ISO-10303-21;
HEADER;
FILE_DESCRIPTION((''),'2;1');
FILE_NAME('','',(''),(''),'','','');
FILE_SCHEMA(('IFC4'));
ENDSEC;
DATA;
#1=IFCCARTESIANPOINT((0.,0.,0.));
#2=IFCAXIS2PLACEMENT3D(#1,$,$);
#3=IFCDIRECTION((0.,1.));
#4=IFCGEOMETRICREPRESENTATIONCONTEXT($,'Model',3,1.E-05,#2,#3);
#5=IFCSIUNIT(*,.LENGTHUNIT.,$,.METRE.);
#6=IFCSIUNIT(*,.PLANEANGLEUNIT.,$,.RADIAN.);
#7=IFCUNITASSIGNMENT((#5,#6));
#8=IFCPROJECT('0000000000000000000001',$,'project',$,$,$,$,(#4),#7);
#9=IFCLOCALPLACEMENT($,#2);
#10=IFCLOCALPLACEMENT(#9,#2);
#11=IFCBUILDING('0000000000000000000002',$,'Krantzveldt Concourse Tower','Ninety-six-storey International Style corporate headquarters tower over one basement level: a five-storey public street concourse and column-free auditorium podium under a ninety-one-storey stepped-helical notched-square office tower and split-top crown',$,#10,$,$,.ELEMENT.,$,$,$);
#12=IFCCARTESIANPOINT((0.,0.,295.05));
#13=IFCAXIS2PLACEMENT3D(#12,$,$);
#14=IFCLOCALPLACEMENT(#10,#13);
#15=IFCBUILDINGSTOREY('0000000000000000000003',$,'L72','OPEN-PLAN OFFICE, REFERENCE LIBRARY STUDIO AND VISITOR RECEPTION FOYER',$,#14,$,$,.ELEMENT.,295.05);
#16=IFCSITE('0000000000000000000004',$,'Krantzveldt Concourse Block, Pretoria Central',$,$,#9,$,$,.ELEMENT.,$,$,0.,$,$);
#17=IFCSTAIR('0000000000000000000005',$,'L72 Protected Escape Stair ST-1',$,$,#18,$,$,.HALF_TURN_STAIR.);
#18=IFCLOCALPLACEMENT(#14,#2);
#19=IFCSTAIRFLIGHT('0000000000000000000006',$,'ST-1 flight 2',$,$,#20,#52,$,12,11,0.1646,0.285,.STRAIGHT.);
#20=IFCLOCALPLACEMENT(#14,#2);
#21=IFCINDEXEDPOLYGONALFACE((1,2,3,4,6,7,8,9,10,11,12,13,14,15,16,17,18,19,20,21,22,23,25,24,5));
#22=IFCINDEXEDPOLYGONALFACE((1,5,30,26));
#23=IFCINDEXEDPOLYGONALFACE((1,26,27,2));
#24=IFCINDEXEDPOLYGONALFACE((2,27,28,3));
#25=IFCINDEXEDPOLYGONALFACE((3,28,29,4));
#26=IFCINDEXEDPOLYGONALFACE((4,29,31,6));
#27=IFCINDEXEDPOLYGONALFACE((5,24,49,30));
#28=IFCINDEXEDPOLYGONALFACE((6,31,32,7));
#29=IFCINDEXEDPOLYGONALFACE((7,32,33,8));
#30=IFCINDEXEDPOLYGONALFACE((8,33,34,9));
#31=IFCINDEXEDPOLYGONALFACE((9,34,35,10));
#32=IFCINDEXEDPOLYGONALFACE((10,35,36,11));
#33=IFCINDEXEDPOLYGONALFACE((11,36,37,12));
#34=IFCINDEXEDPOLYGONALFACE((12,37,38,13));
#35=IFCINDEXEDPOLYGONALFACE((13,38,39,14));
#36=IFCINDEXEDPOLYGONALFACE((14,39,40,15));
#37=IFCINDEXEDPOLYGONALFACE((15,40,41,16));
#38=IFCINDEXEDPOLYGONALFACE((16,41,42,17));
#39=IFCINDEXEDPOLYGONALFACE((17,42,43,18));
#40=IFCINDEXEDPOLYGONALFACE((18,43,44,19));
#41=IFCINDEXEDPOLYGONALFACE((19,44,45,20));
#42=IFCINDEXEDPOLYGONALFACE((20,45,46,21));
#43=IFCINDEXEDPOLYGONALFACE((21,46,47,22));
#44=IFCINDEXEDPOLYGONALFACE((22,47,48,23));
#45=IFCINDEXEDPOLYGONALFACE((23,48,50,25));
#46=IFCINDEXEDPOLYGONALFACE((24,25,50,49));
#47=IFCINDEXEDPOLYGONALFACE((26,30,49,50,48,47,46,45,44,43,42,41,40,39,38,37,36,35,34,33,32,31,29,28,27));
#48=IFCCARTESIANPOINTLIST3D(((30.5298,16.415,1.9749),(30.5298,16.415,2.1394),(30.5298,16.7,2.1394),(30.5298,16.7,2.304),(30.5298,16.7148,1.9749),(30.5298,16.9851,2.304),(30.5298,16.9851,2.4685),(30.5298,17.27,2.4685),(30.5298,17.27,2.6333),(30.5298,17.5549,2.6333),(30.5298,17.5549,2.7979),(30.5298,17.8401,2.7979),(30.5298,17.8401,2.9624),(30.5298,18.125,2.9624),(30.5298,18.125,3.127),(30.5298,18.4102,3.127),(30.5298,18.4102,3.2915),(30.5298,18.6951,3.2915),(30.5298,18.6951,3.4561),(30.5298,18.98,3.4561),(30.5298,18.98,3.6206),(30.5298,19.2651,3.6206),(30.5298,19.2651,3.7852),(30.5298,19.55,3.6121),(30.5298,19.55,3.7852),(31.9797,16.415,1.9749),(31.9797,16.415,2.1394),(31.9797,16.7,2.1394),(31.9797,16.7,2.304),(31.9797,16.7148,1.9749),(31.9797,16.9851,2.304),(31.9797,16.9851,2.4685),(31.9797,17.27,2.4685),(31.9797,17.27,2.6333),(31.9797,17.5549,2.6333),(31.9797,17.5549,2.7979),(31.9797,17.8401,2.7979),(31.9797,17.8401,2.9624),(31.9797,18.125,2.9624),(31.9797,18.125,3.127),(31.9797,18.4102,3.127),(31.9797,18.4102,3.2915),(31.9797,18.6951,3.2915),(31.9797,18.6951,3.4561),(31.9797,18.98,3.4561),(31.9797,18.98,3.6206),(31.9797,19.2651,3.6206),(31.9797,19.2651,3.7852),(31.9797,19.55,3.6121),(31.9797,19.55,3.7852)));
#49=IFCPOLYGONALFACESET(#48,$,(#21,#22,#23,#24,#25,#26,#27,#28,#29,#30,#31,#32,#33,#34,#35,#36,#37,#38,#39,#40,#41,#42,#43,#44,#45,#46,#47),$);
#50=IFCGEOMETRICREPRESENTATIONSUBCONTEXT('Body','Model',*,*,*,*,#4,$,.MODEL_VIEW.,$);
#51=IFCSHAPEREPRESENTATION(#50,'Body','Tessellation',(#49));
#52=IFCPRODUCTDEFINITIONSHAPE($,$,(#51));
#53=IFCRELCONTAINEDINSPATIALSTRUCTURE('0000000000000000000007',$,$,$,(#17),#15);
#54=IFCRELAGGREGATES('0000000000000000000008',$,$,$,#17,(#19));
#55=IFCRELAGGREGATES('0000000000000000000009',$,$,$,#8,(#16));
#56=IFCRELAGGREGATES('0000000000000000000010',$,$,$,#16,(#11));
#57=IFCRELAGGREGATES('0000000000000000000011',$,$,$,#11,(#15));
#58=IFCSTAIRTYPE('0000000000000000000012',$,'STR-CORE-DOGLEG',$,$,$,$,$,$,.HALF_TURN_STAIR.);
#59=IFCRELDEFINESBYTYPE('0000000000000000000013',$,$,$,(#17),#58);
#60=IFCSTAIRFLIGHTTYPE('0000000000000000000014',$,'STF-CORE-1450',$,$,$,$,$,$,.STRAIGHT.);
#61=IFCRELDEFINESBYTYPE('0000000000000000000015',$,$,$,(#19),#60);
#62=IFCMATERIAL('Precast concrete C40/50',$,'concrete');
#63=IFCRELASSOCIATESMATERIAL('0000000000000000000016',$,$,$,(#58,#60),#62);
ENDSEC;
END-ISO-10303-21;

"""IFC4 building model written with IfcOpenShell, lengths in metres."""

from ifc_helpers import new_model, si_unit, direction, frame, origin, place, context, subcontext, project, spatial, polyline, outline, extrude, material, type_object, element, aggregate, save


model = new_model("IFC4")

# Units and contexts
model_context = context("Model", 3, precision=1e-05, world=origin(), true_north=direction((0.0, 1.0)))
body_context = subcontext(model_context, "Body", "Model", "MODEL_VIEW")
ifc_project = project(units=[si_unit("LENGTHUNIT", "METRE"), si_unit("PLANEANGLEUNIT", "RADIAN")], contexts=[model_context])

# Site, building, storey
site_placement = place(None, origin())
site = spatial("IfcSite", under=ifc_project, at=site_placement, Name="Krantzveldt Concourse Block, Pretoria Central", CompositionType="ELEMENT", RefElevation=0.0)
building_placement = place(site_placement, origin())
building = spatial("IfcBuilding", under=site, at=building_placement, Name="Krantzveldt Concourse Tower", Description="Ninety-six-storey International Style corporate headquarters tower over one basement level: a five-storey public street concourse and column-free auditorium podium under a ninety-one-storey stepped-helical notched-square office tower and split-top crown", CompositionType="ELEMENT")
storey_placement = place(building_placement, frame((0.0, 0.0, 295.05)))
storey = spatial("IfcBuildingStorey", under=building, at=storey_placement, Name="L72", Description="OPEN-PLAN OFFICE, REFERENCE LIBRARY STUDIO AND VISITOR RECEPTION FOYER", CompositionType="ELEMENT", Elevation=295.05)

# Stair, stair flight
ifc_material_1 = material(Name="Precast concrete C40/50", Category="concrete")
stair_type = type_object("IfcStairType", Name="STR-CORE-DOGLEG", PredefinedType="HALF_TURN_STAIR", material=ifc_material_1)
stair_placement = place(storey_placement, origin())
stair = element("IfcStair", 1, at=stair_placement, inside=storey, type_object=stair_type, Name="L72 Protected Escape Stair ST-1", PredefinedType="HALF_TURN_STAIR")
stair_flight_type = type_object("IfcStairFlightType", Name="STF-CORE-1450", PredefinedType="STRAIGHT", material=ifc_material_1)
stair_flight_1_placement = place(storey_placement, frame((31.2549, 16.415, 1.9749), z_axis=(0.0, 0.0, 1.0), x_axis=(0.0, 1.0, 0.0)))
stair_flight_1 = element("IfcStairFlight", 2, at=stair_flight_1_placement, type_object=stair_flight_type, Name="ST-1 flight 2", NumberOfRisers=12, NumberOfTreads=11, PredefinedType="STRAIGHT", RiserHeight=0.1646, TreadLength=0.285, context=body_context, shape_type="SweptSolid", body=[
    extrude(outline(polyline([(0.0, 0.0), (0.0, 0.1646), (0.2849, 0.1646), (0.2849, 0.3291), (0.5701, 0.3291), (0.5701, 0.4937), (0.855, 0.4937), (0.855, 0.6584), (1.1399, 0.6584), (1.1399, 0.823), (1.425, 0.823), (1.425, 0.9875), (1.71, 0.9875), (1.71, 1.1521), (1.9951, 1.1521), (1.9951, 1.3167), (2.28, 1.3167), (2.28, 1.4812), (2.5649, 1.4812), (2.5649, 1.6458), (2.8501, 1.6458), (2.8501, 1.8103), (3.135, 1.8103), (3.135, 1.9751), (3.135, 1.6372), (0.2998, 0.0), (0.0, 0.0)])), frame((0.0, 0.7251, 0.0), z_axis=(0.0, -1.0, 0.0), x_axis=(1.0, 0.0, 0.0)), (0.0, 0.0, 1.0), 1.45),
])
aggregate(stair, [stair_flight_1])

save(model, "model.ifc")
